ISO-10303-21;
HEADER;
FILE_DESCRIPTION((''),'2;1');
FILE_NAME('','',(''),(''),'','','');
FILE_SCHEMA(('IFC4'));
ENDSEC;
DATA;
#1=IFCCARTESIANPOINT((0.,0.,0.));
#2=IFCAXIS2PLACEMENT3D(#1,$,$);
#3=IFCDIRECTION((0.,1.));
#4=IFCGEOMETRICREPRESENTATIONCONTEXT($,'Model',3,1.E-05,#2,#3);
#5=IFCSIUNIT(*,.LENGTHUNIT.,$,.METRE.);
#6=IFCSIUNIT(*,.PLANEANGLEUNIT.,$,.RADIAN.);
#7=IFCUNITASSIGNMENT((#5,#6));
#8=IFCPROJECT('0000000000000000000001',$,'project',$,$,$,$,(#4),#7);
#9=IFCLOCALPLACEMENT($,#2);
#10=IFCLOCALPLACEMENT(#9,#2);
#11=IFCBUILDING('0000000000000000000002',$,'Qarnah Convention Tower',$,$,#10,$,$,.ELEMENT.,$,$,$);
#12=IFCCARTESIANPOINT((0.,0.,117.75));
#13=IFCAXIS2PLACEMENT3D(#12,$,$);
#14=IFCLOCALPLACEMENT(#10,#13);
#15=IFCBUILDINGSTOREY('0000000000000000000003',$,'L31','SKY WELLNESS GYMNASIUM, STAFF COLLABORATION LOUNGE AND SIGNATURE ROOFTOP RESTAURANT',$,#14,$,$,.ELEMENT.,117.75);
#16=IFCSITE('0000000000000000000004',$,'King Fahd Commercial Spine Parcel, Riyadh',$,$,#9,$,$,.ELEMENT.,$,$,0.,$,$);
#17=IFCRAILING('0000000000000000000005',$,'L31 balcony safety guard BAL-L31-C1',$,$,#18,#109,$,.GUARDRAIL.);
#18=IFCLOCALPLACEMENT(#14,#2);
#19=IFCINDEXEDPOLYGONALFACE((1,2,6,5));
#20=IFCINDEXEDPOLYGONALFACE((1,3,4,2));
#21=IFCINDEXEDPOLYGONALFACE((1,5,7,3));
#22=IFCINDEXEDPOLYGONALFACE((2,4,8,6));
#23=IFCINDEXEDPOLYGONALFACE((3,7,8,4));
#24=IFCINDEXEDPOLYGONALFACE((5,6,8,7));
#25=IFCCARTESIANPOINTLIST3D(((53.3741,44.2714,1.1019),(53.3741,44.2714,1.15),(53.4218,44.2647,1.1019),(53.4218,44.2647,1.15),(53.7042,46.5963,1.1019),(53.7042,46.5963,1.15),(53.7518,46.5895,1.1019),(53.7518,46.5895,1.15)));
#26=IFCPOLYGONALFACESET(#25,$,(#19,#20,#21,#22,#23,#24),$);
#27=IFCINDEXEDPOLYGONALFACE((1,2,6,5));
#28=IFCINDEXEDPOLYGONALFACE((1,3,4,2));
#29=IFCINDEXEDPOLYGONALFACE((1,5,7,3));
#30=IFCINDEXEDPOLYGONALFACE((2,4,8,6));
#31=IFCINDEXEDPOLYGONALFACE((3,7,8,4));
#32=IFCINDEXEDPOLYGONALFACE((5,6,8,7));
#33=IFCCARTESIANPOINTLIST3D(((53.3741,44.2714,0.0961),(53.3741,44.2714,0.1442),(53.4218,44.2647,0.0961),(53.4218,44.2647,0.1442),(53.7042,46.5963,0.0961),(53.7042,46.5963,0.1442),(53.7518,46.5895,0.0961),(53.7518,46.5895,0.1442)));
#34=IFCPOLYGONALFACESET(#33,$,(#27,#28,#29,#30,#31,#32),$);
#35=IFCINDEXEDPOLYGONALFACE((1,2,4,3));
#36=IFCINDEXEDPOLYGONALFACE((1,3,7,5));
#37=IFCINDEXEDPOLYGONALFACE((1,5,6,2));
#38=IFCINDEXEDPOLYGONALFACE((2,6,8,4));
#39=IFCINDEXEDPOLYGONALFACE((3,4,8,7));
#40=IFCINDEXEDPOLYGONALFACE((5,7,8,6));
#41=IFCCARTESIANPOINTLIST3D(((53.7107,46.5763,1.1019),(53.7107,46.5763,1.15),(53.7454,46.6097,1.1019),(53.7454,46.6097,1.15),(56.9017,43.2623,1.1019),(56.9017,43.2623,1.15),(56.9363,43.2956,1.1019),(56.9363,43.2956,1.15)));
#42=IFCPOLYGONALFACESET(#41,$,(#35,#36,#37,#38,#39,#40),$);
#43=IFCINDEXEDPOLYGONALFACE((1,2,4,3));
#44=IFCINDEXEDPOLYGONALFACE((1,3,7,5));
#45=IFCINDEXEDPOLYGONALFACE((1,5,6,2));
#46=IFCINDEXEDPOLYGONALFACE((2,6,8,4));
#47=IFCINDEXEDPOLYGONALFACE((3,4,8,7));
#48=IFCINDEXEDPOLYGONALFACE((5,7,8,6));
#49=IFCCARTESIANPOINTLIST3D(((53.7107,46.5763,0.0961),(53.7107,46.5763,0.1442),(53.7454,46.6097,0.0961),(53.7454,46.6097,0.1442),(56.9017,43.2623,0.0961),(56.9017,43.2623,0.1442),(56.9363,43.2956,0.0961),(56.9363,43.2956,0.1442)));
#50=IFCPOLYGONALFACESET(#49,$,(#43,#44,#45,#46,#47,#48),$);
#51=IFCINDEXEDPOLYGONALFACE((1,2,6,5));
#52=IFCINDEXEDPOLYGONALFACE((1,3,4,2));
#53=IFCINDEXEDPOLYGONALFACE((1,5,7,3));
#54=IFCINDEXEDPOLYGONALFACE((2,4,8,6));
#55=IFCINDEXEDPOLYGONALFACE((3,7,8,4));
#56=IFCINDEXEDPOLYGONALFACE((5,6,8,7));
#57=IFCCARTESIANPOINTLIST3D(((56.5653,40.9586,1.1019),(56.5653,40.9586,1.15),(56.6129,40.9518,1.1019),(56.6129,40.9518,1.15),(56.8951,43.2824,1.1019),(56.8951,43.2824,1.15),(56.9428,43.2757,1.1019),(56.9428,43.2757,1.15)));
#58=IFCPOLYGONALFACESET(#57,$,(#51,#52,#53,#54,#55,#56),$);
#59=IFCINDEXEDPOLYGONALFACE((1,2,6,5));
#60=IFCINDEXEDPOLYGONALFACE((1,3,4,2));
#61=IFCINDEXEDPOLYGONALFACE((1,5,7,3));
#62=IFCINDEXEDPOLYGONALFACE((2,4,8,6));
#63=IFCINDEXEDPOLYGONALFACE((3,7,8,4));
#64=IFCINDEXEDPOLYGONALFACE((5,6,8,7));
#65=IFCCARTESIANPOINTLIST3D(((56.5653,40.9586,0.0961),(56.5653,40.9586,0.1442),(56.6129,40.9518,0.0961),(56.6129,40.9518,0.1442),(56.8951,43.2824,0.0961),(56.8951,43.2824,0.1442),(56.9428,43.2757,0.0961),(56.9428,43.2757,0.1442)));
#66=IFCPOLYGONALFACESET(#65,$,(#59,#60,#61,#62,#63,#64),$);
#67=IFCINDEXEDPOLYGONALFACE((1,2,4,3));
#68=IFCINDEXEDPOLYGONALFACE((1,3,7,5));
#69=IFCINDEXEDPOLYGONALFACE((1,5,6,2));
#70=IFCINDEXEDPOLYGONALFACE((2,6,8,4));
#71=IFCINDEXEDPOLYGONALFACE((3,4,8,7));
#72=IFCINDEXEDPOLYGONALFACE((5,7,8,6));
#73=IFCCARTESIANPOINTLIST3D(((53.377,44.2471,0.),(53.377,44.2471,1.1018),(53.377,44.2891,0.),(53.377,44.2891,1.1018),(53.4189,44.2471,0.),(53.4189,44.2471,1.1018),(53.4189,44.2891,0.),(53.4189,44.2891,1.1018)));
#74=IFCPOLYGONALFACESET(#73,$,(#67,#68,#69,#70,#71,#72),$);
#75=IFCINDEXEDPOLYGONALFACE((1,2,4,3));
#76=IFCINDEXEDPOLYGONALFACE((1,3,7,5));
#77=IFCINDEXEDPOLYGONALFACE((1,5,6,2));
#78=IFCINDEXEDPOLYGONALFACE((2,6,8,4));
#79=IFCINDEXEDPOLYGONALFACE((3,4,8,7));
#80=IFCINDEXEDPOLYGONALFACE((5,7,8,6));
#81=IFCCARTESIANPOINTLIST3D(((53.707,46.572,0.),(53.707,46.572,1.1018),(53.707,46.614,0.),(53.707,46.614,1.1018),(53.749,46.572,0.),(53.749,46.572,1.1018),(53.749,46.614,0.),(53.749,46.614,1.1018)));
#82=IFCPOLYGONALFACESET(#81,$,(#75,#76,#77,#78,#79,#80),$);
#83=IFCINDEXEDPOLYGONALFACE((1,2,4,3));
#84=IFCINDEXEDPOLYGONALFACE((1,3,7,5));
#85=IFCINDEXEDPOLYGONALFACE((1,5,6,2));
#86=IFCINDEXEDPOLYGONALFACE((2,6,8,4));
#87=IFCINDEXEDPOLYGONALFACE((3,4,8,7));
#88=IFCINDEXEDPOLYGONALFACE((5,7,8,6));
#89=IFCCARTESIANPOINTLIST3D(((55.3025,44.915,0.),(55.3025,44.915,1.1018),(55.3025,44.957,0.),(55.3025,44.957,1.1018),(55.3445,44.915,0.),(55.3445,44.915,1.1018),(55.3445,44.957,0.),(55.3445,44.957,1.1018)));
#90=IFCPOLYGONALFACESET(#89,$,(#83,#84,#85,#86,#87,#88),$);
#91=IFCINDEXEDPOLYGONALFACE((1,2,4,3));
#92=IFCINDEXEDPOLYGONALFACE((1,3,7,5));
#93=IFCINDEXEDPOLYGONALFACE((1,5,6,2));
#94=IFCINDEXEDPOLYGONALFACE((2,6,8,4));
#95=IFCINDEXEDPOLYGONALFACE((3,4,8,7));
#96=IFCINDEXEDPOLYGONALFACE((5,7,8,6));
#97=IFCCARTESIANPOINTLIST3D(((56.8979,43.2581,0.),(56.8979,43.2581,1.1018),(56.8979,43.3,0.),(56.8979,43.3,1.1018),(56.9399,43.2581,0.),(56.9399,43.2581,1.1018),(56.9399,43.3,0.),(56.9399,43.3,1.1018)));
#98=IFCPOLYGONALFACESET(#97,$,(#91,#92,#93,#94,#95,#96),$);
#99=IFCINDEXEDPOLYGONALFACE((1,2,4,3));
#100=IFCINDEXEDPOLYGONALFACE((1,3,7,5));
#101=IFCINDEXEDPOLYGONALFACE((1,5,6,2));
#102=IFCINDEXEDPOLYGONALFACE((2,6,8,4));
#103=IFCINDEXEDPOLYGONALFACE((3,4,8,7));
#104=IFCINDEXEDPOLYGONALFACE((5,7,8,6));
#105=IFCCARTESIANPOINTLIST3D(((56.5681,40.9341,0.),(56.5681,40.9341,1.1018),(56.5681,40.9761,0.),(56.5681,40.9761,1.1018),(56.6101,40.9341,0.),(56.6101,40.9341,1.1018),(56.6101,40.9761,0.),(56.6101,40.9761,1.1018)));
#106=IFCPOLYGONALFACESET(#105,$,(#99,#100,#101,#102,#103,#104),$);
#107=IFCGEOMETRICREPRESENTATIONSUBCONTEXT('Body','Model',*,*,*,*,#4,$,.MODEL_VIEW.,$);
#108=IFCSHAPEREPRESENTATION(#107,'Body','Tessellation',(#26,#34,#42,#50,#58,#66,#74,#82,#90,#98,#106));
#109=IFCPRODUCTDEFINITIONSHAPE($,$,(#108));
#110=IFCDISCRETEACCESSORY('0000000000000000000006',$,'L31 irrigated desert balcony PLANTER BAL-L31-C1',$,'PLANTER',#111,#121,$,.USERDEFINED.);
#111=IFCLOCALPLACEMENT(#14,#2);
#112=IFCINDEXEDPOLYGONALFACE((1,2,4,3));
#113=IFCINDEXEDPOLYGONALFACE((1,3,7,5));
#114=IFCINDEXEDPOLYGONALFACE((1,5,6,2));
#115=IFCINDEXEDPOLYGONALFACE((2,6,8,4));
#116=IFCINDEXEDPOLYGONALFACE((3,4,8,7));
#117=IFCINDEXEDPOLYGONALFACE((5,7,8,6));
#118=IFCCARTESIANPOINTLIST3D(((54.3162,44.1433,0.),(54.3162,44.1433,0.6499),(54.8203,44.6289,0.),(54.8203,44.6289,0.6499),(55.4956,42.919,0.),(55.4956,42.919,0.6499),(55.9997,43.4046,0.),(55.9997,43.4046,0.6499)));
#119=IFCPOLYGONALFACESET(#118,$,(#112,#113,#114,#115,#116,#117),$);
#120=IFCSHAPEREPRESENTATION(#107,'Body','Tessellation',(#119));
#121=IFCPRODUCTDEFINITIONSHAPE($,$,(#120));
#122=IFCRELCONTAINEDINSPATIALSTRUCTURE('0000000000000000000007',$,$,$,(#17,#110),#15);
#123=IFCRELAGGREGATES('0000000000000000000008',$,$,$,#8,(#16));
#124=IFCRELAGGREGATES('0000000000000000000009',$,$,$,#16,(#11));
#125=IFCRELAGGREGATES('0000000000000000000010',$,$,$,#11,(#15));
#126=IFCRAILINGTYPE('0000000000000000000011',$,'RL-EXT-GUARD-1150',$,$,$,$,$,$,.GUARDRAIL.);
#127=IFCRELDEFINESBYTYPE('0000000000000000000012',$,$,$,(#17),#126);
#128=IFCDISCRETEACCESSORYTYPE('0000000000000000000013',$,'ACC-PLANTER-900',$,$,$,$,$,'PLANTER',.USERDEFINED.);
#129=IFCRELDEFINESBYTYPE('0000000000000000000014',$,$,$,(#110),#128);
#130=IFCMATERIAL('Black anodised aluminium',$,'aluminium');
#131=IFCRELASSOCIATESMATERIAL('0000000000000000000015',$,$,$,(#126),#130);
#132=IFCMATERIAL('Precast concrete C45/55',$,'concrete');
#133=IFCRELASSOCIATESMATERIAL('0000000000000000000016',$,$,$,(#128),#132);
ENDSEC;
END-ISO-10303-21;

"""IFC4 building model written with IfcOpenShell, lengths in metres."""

from ifc_helpers import new_model, si_unit, direction, frame, origin, origin_2d, place, context, subcontext, project, spatial, rectangle, extrude, material, type_object, element, save


model = new_model("IFC4")

# Units and contexts
model_context = context("Model", 3, precision=1e-05, world=origin(), true_north=direction((0.0, 1.0)))
body_context = subcontext(model_context, "Body", "Model", "MODEL_VIEW")
ifc_project = project(units=[si_unit("LENGTHUNIT", "METRE"), si_unit("PLANEANGLEUNIT", "RADIAN")], contexts=[model_context])

# Site, building, storey
site_placement = place(None, origin())
site = spatial("IfcSite", under=ifc_project, at=site_placement, Name="King Fahd Commercial Spine Parcel, Riyadh", CompositionType="ELEMENT", RefElevation=0.0)
building_placement = place(site_placement, origin())
building = spatial("IfcBuilding", under=site, at=building_placement, Name="Qarnah Convention Tower", CompositionType="ELEMENT")
storey_placement = place(building_placement, frame((0.0, 0.0, 117.75)))
storey = spatial("IfcBuildingStorey", under=building, at=storey_placement, Name="L31", Description="SKY WELLNESS GYMNASIUM, STAFF COLLABORATION LOUNGE AND SIGNATURE ROOFTOP RESTAURANT", CompositionType="ELEMENT", Elevation=117.75)

# Shared definitions
ifc_material_1 = material(Name="Black anodised aluminium", Category="aluminium")

# Shared definitions
ifc_material_2 = material(Name="Precast concrete C45/55", Category="concrete")

# Railing
railing_type = type_object("IfcRailingType", Name="RL-EXT-GUARD-1150", PredefinedType="GUARDRAIL", material=ifc_material_1)
railing_1_placement = place(storey_placement, frame((53.3979, 44.2681, 0.0)))
element("IfcRailing", 1, at=railing_1_placement, inside=storey, type_object=railing_type, Name="L31 balcony safety guard BAL-L31-C1", PredefinedType="GUARDRAIL", context=body_context, shape_type="SweptSolid", body=[
    extrude(rectangle(XDim=0.0481, YDim=0.0481, at=origin_2d()), frame((0.0, 0.0, 1.126), z_axis=(0.140563, 0.990072, 0.0), x_axis=(-0.990072, 0.140563, 0.0)), (0.0, 0.0, 1.0), 2.3481),
    extrude(rectangle(XDim=0.0481, YDim=0.0481, at=origin_2d()), frame((0.0, 0.0, 0.1201), z_axis=(0.140563, 0.990072, 0.0), x_axis=(-0.990072, 0.140563, 0.0)), (0.0, 0.0, 1.0), 2.3481),
    extrude(rectangle(XDim=0.0481, YDim=0.0481, at=origin_2d()), frame((0.3301, 2.325, 1.126), z_axis=(0.693607, -0.720354, 0.0), x_axis=(0.720354, 0.693607, 0.0)), (0.0, 0.0, 1.0), 4.6006),
    extrude(rectangle(XDim=0.0481, YDim=0.0481, at=origin_2d()), frame((0.3301, 2.325, 0.1201), z_axis=(0.693607, -0.720354, 0.0), x_axis=(0.720354, 0.693607, 0.0)), (0.0, 0.0, 1.0), 4.6006),
    extrude(rectangle(XDim=0.0481, YDim=0.0481, at=origin_2d()), frame((3.521, -0.989, 1.126), z_axis=(-0.140518, -0.990078, 0.0), x_axis=(0.990078, -0.140518, 0.0)), (0.0, 0.0, 1.0), 2.3472),
    extrude(rectangle(XDim=0.0481, YDim=0.0481, at=origin_2d()), frame((3.521, -0.989, 0.1201), z_axis=(-0.140518, -0.990078, 0.0), x_axis=(0.990078, -0.140518, 0.0)), (0.0, 0.0, 1.0), 2.3472),
    extrude(rectangle(XDim=0.042, YDim=0.042, at=origin_2d()), origin(), (0.0, 0.0, 1.0), 1.1018),
    extrude(rectangle(XDim=0.042, YDim=0.042, at=origin_2d()), frame((0.3301, 2.325, 0.0)), (0.0, 0.0, 1.0), 1.1018),
    extrude(rectangle(XDim=0.042, YDim=0.042, at=origin_2d()), frame((1.9255, 0.668, 0.0)), (0.0, 0.0, 1.0), 1.1018),
    extrude(rectangle(XDim=0.042, YDim=0.042, at=origin_2d()), frame((3.521, -0.989, 0.0)), (0.0, 0.0, 1.0), 1.1018),
    extrude(rectangle(XDim=0.042, YDim=0.042, at=origin_2d()), frame((3.1912, -3.313, 0.0)), (0.0, 0.0, 1.0), 1.1018),
])

# Discrete accessory
discrete_accessory_type = type_object("IfcDiscreteAccessoryType", Name="ACC-PLANTER-900", ElementType="PLANTER", PredefinedType="USERDEFINED", material=ifc_material_2)
discrete_accessory_placement = place(storey_placement, frame((55.158, 43.7739, 0.0), z_axis=(0.0, 0.0, 1.0), x_axis=(-0.693779, 0.720188, 0.0)))
element("IfcDiscreteAccessory", 2, at=discrete_accessory_placement, inside=storey, type_object=discrete_accessory_type, Name="L31 irrigated desert balcony PLANTER BAL-L31-C1", ObjectType="PLANTER", PredefinedType="USERDEFINED", context=body_context, shape_type="SweptSolid", body=[
    extrude(rectangle(XDim=1.7, YDim=0.7, at=origin_2d()), origin(), (0.0, 0.0, 1.0), 0.6499),
])

save(model, "model.ifc")
